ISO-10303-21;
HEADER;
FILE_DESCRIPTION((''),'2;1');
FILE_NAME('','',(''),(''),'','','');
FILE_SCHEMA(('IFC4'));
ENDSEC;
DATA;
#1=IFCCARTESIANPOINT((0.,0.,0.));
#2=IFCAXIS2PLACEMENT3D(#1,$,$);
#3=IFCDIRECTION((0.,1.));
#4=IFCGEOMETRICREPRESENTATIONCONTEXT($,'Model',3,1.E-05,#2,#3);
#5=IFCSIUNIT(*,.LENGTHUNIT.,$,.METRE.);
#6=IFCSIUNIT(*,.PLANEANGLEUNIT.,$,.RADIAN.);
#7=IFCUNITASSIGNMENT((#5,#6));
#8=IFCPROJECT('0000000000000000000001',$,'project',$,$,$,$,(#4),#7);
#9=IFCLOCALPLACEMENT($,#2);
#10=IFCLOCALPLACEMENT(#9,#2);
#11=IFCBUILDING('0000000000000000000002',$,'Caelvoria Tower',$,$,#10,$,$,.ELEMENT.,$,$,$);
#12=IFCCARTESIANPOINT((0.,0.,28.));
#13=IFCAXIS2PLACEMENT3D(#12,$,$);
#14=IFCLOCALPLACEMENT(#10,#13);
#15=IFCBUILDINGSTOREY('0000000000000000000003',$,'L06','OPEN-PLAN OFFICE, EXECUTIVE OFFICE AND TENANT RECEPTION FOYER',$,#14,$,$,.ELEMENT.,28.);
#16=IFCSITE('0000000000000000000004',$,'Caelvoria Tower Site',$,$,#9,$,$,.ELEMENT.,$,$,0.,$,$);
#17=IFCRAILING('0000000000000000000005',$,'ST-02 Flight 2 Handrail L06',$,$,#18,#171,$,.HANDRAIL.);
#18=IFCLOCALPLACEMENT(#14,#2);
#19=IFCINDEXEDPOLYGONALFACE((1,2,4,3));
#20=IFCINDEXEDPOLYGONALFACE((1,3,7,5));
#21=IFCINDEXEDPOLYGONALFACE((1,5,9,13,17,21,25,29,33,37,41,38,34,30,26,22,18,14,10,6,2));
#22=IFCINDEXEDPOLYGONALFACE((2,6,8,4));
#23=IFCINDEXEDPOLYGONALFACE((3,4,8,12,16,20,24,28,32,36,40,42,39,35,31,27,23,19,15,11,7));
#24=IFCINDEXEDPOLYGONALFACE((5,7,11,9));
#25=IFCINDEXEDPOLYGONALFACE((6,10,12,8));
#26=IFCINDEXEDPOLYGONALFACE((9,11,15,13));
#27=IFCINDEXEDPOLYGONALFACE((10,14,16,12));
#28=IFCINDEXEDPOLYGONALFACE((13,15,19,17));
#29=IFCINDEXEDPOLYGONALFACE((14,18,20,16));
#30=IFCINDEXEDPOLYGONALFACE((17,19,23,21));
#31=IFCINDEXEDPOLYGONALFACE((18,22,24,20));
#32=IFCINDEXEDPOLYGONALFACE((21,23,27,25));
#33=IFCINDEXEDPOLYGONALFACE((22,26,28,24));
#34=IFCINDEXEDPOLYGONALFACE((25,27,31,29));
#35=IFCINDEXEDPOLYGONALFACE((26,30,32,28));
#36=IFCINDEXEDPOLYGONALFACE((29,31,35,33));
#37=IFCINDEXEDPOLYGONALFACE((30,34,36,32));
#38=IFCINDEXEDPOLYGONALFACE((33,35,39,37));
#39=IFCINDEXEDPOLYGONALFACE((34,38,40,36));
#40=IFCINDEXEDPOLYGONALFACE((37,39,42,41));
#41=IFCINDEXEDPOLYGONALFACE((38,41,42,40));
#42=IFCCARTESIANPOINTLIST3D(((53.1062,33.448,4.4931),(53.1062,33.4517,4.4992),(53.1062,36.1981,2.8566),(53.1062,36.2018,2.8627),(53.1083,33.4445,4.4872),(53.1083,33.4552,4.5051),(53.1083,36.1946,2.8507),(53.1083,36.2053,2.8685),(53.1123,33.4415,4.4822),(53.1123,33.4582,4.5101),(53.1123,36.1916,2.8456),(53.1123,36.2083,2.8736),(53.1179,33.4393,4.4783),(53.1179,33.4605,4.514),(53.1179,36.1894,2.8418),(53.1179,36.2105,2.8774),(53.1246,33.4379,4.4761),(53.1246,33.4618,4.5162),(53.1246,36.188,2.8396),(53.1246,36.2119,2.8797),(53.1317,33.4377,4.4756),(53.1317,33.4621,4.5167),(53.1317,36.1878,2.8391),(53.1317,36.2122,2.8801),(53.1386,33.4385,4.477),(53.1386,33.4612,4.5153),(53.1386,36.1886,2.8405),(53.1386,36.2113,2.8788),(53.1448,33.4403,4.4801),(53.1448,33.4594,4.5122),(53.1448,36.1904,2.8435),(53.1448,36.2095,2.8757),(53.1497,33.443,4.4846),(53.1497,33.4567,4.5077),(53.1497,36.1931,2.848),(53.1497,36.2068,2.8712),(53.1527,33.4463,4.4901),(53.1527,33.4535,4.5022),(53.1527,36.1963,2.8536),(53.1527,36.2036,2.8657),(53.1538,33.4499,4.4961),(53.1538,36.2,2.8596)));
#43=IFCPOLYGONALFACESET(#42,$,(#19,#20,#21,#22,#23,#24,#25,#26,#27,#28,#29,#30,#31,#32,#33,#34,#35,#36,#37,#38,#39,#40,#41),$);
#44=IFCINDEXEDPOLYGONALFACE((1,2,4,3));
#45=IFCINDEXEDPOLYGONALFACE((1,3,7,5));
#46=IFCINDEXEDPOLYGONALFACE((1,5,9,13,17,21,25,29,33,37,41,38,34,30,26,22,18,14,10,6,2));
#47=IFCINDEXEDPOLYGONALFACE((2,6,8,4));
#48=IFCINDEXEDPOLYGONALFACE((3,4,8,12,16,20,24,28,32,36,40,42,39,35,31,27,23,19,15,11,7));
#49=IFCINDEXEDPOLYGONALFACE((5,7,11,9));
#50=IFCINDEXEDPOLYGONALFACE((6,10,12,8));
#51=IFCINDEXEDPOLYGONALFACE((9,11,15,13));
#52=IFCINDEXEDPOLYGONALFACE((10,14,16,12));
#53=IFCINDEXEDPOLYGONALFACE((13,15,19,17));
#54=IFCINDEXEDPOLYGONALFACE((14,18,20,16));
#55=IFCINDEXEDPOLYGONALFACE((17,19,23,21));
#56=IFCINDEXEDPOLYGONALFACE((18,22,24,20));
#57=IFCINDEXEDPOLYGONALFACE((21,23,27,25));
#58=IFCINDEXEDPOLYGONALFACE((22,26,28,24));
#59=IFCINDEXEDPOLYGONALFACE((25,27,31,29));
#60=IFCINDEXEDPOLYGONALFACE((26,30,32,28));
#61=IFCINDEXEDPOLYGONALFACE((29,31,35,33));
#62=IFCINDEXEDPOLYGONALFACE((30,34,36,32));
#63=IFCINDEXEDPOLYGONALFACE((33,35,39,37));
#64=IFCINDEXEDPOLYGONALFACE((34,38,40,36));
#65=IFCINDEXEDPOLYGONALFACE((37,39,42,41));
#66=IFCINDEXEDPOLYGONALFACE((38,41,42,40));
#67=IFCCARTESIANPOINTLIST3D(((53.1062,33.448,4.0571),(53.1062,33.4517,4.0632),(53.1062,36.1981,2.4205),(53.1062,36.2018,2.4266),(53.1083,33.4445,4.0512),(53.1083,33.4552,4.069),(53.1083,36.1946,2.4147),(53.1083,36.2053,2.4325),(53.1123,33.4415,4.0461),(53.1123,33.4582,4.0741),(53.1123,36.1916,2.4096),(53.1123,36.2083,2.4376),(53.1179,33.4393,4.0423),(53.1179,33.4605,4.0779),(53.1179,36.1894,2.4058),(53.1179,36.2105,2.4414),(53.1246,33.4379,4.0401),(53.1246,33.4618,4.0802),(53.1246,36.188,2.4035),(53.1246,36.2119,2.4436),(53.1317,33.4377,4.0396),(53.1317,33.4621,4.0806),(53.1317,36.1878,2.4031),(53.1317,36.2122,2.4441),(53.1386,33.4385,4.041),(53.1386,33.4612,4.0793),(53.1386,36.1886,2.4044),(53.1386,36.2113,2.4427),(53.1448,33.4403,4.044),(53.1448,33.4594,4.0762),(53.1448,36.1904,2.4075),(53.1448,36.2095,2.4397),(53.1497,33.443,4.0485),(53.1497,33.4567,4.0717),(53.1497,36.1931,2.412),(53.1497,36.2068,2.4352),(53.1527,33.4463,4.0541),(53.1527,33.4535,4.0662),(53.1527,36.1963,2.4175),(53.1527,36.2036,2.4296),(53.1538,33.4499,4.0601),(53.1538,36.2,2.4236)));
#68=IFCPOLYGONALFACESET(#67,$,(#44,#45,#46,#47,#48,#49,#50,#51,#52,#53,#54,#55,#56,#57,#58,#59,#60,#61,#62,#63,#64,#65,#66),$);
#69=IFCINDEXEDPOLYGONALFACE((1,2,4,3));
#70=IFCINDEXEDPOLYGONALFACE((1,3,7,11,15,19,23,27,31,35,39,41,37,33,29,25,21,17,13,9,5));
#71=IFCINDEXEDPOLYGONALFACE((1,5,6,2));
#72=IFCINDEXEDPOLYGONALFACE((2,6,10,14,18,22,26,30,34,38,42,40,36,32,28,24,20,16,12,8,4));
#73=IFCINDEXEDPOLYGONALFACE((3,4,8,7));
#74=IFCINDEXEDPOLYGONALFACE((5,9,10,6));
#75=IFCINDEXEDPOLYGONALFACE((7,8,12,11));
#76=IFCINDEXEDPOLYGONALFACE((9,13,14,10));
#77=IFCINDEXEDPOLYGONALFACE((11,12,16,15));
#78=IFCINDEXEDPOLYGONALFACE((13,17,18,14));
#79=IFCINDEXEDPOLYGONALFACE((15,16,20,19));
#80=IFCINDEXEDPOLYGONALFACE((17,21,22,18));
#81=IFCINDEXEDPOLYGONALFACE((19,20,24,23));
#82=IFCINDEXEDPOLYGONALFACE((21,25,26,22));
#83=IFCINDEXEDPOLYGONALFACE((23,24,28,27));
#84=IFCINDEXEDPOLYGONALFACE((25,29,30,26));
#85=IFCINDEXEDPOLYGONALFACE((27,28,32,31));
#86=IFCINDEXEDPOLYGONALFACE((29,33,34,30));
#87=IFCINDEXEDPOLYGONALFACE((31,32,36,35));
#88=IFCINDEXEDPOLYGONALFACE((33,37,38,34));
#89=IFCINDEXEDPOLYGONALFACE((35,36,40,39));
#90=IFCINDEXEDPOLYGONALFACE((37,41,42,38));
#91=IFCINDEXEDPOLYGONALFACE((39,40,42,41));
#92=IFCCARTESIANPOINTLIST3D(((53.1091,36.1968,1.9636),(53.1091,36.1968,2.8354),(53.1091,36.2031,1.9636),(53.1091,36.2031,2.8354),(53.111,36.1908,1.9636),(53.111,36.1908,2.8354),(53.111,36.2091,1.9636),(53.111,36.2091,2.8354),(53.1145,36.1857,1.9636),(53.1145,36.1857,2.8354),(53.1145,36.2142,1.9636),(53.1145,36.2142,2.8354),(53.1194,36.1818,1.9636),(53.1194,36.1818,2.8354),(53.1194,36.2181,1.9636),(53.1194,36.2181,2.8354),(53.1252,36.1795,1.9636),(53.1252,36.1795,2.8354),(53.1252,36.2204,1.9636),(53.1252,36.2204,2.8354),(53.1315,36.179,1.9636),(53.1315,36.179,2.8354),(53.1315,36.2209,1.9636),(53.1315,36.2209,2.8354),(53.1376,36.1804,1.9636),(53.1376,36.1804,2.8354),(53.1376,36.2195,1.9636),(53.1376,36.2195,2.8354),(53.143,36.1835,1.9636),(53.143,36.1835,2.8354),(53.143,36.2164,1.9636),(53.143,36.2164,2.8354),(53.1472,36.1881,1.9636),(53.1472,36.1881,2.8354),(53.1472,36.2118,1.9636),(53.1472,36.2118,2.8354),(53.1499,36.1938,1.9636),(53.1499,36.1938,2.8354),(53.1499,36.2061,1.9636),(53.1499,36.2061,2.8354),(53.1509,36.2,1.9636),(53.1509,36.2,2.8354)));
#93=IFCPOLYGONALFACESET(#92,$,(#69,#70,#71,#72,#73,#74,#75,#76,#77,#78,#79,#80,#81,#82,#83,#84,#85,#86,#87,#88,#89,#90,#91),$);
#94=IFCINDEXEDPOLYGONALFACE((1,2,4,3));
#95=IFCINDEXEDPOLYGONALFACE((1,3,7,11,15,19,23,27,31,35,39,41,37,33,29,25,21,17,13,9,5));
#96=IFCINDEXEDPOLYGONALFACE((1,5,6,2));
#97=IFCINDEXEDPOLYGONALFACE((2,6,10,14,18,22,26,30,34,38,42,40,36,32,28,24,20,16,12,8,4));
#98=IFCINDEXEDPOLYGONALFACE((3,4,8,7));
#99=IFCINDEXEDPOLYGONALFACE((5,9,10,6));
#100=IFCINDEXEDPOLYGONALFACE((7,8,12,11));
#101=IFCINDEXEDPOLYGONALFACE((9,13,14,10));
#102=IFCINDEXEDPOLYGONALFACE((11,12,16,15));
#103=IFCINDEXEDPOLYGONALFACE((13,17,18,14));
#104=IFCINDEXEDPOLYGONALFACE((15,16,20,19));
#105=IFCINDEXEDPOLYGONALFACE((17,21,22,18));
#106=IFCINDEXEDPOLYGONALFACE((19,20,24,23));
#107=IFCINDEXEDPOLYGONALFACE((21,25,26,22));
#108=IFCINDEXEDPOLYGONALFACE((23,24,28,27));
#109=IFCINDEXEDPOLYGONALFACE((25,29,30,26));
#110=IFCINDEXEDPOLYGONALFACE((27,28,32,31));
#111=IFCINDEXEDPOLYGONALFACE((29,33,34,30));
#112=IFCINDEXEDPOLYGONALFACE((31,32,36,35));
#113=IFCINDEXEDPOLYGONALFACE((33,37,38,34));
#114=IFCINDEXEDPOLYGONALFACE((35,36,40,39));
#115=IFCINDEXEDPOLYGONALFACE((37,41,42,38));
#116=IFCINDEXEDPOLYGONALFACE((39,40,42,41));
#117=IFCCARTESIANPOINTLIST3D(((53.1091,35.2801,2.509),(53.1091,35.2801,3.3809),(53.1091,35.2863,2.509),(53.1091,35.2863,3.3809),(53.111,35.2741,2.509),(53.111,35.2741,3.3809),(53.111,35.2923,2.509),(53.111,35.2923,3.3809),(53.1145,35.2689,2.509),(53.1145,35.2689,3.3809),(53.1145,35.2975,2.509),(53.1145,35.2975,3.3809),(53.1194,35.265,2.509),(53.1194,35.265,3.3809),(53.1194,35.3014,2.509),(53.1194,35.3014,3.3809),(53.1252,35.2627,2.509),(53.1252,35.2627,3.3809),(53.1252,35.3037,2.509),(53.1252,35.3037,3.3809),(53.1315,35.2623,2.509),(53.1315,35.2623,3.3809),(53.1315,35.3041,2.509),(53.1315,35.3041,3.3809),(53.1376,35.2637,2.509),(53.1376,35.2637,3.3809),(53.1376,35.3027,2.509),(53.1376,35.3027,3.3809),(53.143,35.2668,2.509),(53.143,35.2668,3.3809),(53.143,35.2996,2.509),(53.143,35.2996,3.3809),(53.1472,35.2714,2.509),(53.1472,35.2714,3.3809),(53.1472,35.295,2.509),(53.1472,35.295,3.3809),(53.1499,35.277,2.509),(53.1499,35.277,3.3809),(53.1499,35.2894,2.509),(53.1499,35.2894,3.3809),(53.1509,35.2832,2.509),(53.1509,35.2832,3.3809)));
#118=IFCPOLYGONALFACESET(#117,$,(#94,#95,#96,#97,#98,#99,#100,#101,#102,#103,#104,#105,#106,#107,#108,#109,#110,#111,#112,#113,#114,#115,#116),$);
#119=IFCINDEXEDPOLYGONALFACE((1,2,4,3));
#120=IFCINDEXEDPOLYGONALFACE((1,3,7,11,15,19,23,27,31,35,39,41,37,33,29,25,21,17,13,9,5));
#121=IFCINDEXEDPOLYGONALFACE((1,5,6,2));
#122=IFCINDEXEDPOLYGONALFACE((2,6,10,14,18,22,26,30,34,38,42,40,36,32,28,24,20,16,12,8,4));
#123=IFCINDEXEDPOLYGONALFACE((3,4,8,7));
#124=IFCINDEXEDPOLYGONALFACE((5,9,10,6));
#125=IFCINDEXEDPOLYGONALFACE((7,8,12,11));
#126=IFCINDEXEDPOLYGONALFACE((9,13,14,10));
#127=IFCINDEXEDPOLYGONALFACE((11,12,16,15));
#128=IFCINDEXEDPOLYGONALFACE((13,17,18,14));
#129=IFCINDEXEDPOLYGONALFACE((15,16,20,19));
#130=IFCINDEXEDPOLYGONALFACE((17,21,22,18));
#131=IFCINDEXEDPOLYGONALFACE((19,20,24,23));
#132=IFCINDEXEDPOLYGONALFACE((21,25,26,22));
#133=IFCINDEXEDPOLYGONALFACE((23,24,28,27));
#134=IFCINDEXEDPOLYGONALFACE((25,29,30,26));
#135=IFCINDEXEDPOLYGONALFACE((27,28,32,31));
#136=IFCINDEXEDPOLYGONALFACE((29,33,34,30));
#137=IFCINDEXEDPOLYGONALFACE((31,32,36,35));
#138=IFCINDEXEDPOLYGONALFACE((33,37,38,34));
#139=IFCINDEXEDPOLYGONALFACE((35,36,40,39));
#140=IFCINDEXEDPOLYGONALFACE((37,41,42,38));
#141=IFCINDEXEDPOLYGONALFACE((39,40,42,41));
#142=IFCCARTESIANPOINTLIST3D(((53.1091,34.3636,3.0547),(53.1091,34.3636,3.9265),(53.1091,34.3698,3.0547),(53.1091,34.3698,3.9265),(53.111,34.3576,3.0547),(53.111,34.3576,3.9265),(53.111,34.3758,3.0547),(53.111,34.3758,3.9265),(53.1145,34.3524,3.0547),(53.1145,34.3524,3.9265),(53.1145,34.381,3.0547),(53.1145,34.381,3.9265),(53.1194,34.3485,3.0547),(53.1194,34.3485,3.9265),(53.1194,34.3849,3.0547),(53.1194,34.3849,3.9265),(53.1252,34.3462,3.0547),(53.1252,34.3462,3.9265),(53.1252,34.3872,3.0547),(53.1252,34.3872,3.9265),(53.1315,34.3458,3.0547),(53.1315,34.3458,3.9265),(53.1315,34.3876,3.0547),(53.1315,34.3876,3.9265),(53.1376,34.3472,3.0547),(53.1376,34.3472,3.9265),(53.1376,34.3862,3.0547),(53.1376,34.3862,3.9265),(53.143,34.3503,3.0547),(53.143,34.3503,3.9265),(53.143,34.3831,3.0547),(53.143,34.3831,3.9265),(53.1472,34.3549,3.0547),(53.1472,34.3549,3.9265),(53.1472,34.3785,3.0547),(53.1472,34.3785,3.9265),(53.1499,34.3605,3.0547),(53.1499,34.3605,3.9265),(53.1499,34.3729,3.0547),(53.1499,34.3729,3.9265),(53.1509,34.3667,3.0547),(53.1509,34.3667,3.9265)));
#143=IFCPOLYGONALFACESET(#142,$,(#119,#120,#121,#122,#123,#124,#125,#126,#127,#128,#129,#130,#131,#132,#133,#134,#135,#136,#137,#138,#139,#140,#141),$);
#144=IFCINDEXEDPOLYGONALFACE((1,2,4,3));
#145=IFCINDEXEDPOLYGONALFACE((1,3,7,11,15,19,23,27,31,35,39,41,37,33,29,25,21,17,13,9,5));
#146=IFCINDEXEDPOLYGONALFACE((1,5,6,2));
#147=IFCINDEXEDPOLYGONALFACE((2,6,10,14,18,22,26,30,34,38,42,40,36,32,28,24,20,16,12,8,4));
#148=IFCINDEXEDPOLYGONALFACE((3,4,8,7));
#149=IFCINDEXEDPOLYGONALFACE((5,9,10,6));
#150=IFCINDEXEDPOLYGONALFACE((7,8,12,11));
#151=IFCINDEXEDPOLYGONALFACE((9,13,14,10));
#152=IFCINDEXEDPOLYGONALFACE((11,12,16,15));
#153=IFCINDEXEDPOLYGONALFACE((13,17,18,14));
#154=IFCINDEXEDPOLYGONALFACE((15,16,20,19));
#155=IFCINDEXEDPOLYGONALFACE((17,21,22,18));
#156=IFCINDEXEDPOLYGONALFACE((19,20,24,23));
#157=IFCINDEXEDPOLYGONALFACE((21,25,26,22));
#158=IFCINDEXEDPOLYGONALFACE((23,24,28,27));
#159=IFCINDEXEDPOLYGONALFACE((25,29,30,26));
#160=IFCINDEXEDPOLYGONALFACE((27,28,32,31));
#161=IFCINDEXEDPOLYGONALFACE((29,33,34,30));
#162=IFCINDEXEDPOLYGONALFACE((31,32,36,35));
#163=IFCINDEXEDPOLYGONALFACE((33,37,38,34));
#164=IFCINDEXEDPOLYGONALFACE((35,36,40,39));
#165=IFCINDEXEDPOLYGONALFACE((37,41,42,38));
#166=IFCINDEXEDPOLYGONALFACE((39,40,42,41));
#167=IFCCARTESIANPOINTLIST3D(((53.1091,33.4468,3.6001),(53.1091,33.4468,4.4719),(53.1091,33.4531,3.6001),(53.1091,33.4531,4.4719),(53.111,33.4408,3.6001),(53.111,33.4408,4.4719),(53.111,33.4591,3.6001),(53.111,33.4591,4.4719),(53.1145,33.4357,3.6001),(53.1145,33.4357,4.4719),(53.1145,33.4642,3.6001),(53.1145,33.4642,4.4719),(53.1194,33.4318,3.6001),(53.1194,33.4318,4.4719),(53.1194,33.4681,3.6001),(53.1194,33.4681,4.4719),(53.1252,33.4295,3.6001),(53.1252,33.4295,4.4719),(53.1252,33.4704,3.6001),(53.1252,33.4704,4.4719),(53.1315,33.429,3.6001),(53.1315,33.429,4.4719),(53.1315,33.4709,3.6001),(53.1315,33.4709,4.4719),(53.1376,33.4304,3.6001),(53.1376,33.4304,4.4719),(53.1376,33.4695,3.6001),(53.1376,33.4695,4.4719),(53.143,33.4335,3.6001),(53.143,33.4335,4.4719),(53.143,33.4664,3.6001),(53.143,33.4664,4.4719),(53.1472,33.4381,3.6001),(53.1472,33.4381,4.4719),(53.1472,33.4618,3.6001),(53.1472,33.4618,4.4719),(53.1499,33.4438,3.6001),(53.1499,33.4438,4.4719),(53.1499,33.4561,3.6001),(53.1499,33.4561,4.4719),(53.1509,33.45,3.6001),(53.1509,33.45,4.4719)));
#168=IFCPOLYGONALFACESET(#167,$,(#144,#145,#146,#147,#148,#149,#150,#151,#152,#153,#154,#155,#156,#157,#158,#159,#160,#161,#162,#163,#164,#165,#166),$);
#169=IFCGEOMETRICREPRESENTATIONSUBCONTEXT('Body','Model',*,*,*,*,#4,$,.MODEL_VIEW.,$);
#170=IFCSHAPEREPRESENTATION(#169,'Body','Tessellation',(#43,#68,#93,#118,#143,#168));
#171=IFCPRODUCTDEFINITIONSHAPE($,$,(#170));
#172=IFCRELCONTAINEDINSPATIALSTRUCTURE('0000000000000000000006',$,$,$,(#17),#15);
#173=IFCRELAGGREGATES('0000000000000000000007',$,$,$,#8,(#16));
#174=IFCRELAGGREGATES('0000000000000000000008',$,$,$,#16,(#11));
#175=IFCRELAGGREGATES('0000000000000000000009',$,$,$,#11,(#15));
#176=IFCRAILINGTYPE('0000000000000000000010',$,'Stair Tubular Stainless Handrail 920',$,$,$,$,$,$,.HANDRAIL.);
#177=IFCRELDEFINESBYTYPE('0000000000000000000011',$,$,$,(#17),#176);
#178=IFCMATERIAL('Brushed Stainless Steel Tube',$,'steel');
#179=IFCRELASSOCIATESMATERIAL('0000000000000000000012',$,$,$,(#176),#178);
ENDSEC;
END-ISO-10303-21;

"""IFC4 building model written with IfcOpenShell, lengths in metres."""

from ifc_helpers import new_model, si_unit, direction, frame, origin, origin_2d, place, context, subcontext, project, spatial, circle, extrude, material, type_object, element, save


model = new_model("IFC4")

# Units and contexts
model_context = context("Model", 3, precision=1e-05, world=origin(), true_north=direction((0.0, 1.0)))
body_context = subcontext(model_context, "Body", "Model", "MODEL_VIEW")
ifc_project = project(units=[si_unit("LENGTHUNIT", "METRE"), si_unit("PLANEANGLEUNIT", "RADIAN")], contexts=[model_context])

# Site, building, storey
site_placement = place(None, origin())
site = spatial("IfcSite", under=ifc_project, at=site_placement, Name="Caelvoria Tower Site", CompositionType="ELEMENT", RefElevation=0.0)
building_placement = place(site_placement, origin())
building = spatial("IfcBuilding", under=site, at=building_placement, Name="Caelvoria Tower", CompositionType="ELEMENT")
storey_placement = place(building_placement, frame((0.0, 0.0, 28.0)))
storey = spatial("IfcBuildingStorey", under=building, at=storey_placement, Name="L06", Description="OPEN-PLAN OFFICE, EXECUTIVE OFFICE AND TENANT RECEPTION FOYER", CompositionType="ELEMENT", Elevation=28.0)

# Railing
ifc_material_1 = material(Name="Brushed Stainless Steel Tube", Category="steel")
railing_type_1 = type_object("IfcRailingType", Name="Stair Tubular Stainless Handrail 920", PredefinedType="HANDRAIL", material=ifc_material_1)
railing_1_placement = place(storey_placement, frame((53.1299, 36.2, 1.9636)))
element("IfcRailing", 1, at=railing_1_placement, inside=storey, type_object=railing_type_1, Name="ST-02 Flight 2 Handrail L06", PredefinedType="HANDRAIL", context=body_context, shape_type="SweptSolid", body=[
    extrude(circle(Radius=0.0239, at=origin_2d()), frame((0.0, 0.0, 0.896), z_axis=(0.0, -0.859352, 0.511385), x_axis=(1.0, 0.0, 0.0)), (0.0, 0.0, 1.0), 3.2002),
    extrude(circle(Radius=0.0239, at=origin_2d()), frame((0.0, 0.0, 0.46), z_axis=(0.0, -0.859352, 0.511385), x_axis=(1.0, 0.0, 0.0)), (0.0, 0.0, 1.0), 3.2002),
    extrude(circle(Radius=0.021, at=origin_2d()), origin(), (0.0, 0.0, 1.0), 0.8718),
    extrude(circle(Radius=0.021, at=origin_2d()), frame((0.0, -0.9167, 0.5454)), (0.0, 0.0, 1.0), 0.8718),
    extrude(circle(Radius=0.021, at=origin_2d()), frame((0.0, -1.8333, 1.0911)), (0.0, 0.0, 1.0), 0.8718),
    extrude(circle(Radius=0.021, at=origin_2d()), frame((0.0, -2.75, 1.6365)), (0.0, 0.0, 1.0), 0.8718),
])

save(model, "model.ifc")
